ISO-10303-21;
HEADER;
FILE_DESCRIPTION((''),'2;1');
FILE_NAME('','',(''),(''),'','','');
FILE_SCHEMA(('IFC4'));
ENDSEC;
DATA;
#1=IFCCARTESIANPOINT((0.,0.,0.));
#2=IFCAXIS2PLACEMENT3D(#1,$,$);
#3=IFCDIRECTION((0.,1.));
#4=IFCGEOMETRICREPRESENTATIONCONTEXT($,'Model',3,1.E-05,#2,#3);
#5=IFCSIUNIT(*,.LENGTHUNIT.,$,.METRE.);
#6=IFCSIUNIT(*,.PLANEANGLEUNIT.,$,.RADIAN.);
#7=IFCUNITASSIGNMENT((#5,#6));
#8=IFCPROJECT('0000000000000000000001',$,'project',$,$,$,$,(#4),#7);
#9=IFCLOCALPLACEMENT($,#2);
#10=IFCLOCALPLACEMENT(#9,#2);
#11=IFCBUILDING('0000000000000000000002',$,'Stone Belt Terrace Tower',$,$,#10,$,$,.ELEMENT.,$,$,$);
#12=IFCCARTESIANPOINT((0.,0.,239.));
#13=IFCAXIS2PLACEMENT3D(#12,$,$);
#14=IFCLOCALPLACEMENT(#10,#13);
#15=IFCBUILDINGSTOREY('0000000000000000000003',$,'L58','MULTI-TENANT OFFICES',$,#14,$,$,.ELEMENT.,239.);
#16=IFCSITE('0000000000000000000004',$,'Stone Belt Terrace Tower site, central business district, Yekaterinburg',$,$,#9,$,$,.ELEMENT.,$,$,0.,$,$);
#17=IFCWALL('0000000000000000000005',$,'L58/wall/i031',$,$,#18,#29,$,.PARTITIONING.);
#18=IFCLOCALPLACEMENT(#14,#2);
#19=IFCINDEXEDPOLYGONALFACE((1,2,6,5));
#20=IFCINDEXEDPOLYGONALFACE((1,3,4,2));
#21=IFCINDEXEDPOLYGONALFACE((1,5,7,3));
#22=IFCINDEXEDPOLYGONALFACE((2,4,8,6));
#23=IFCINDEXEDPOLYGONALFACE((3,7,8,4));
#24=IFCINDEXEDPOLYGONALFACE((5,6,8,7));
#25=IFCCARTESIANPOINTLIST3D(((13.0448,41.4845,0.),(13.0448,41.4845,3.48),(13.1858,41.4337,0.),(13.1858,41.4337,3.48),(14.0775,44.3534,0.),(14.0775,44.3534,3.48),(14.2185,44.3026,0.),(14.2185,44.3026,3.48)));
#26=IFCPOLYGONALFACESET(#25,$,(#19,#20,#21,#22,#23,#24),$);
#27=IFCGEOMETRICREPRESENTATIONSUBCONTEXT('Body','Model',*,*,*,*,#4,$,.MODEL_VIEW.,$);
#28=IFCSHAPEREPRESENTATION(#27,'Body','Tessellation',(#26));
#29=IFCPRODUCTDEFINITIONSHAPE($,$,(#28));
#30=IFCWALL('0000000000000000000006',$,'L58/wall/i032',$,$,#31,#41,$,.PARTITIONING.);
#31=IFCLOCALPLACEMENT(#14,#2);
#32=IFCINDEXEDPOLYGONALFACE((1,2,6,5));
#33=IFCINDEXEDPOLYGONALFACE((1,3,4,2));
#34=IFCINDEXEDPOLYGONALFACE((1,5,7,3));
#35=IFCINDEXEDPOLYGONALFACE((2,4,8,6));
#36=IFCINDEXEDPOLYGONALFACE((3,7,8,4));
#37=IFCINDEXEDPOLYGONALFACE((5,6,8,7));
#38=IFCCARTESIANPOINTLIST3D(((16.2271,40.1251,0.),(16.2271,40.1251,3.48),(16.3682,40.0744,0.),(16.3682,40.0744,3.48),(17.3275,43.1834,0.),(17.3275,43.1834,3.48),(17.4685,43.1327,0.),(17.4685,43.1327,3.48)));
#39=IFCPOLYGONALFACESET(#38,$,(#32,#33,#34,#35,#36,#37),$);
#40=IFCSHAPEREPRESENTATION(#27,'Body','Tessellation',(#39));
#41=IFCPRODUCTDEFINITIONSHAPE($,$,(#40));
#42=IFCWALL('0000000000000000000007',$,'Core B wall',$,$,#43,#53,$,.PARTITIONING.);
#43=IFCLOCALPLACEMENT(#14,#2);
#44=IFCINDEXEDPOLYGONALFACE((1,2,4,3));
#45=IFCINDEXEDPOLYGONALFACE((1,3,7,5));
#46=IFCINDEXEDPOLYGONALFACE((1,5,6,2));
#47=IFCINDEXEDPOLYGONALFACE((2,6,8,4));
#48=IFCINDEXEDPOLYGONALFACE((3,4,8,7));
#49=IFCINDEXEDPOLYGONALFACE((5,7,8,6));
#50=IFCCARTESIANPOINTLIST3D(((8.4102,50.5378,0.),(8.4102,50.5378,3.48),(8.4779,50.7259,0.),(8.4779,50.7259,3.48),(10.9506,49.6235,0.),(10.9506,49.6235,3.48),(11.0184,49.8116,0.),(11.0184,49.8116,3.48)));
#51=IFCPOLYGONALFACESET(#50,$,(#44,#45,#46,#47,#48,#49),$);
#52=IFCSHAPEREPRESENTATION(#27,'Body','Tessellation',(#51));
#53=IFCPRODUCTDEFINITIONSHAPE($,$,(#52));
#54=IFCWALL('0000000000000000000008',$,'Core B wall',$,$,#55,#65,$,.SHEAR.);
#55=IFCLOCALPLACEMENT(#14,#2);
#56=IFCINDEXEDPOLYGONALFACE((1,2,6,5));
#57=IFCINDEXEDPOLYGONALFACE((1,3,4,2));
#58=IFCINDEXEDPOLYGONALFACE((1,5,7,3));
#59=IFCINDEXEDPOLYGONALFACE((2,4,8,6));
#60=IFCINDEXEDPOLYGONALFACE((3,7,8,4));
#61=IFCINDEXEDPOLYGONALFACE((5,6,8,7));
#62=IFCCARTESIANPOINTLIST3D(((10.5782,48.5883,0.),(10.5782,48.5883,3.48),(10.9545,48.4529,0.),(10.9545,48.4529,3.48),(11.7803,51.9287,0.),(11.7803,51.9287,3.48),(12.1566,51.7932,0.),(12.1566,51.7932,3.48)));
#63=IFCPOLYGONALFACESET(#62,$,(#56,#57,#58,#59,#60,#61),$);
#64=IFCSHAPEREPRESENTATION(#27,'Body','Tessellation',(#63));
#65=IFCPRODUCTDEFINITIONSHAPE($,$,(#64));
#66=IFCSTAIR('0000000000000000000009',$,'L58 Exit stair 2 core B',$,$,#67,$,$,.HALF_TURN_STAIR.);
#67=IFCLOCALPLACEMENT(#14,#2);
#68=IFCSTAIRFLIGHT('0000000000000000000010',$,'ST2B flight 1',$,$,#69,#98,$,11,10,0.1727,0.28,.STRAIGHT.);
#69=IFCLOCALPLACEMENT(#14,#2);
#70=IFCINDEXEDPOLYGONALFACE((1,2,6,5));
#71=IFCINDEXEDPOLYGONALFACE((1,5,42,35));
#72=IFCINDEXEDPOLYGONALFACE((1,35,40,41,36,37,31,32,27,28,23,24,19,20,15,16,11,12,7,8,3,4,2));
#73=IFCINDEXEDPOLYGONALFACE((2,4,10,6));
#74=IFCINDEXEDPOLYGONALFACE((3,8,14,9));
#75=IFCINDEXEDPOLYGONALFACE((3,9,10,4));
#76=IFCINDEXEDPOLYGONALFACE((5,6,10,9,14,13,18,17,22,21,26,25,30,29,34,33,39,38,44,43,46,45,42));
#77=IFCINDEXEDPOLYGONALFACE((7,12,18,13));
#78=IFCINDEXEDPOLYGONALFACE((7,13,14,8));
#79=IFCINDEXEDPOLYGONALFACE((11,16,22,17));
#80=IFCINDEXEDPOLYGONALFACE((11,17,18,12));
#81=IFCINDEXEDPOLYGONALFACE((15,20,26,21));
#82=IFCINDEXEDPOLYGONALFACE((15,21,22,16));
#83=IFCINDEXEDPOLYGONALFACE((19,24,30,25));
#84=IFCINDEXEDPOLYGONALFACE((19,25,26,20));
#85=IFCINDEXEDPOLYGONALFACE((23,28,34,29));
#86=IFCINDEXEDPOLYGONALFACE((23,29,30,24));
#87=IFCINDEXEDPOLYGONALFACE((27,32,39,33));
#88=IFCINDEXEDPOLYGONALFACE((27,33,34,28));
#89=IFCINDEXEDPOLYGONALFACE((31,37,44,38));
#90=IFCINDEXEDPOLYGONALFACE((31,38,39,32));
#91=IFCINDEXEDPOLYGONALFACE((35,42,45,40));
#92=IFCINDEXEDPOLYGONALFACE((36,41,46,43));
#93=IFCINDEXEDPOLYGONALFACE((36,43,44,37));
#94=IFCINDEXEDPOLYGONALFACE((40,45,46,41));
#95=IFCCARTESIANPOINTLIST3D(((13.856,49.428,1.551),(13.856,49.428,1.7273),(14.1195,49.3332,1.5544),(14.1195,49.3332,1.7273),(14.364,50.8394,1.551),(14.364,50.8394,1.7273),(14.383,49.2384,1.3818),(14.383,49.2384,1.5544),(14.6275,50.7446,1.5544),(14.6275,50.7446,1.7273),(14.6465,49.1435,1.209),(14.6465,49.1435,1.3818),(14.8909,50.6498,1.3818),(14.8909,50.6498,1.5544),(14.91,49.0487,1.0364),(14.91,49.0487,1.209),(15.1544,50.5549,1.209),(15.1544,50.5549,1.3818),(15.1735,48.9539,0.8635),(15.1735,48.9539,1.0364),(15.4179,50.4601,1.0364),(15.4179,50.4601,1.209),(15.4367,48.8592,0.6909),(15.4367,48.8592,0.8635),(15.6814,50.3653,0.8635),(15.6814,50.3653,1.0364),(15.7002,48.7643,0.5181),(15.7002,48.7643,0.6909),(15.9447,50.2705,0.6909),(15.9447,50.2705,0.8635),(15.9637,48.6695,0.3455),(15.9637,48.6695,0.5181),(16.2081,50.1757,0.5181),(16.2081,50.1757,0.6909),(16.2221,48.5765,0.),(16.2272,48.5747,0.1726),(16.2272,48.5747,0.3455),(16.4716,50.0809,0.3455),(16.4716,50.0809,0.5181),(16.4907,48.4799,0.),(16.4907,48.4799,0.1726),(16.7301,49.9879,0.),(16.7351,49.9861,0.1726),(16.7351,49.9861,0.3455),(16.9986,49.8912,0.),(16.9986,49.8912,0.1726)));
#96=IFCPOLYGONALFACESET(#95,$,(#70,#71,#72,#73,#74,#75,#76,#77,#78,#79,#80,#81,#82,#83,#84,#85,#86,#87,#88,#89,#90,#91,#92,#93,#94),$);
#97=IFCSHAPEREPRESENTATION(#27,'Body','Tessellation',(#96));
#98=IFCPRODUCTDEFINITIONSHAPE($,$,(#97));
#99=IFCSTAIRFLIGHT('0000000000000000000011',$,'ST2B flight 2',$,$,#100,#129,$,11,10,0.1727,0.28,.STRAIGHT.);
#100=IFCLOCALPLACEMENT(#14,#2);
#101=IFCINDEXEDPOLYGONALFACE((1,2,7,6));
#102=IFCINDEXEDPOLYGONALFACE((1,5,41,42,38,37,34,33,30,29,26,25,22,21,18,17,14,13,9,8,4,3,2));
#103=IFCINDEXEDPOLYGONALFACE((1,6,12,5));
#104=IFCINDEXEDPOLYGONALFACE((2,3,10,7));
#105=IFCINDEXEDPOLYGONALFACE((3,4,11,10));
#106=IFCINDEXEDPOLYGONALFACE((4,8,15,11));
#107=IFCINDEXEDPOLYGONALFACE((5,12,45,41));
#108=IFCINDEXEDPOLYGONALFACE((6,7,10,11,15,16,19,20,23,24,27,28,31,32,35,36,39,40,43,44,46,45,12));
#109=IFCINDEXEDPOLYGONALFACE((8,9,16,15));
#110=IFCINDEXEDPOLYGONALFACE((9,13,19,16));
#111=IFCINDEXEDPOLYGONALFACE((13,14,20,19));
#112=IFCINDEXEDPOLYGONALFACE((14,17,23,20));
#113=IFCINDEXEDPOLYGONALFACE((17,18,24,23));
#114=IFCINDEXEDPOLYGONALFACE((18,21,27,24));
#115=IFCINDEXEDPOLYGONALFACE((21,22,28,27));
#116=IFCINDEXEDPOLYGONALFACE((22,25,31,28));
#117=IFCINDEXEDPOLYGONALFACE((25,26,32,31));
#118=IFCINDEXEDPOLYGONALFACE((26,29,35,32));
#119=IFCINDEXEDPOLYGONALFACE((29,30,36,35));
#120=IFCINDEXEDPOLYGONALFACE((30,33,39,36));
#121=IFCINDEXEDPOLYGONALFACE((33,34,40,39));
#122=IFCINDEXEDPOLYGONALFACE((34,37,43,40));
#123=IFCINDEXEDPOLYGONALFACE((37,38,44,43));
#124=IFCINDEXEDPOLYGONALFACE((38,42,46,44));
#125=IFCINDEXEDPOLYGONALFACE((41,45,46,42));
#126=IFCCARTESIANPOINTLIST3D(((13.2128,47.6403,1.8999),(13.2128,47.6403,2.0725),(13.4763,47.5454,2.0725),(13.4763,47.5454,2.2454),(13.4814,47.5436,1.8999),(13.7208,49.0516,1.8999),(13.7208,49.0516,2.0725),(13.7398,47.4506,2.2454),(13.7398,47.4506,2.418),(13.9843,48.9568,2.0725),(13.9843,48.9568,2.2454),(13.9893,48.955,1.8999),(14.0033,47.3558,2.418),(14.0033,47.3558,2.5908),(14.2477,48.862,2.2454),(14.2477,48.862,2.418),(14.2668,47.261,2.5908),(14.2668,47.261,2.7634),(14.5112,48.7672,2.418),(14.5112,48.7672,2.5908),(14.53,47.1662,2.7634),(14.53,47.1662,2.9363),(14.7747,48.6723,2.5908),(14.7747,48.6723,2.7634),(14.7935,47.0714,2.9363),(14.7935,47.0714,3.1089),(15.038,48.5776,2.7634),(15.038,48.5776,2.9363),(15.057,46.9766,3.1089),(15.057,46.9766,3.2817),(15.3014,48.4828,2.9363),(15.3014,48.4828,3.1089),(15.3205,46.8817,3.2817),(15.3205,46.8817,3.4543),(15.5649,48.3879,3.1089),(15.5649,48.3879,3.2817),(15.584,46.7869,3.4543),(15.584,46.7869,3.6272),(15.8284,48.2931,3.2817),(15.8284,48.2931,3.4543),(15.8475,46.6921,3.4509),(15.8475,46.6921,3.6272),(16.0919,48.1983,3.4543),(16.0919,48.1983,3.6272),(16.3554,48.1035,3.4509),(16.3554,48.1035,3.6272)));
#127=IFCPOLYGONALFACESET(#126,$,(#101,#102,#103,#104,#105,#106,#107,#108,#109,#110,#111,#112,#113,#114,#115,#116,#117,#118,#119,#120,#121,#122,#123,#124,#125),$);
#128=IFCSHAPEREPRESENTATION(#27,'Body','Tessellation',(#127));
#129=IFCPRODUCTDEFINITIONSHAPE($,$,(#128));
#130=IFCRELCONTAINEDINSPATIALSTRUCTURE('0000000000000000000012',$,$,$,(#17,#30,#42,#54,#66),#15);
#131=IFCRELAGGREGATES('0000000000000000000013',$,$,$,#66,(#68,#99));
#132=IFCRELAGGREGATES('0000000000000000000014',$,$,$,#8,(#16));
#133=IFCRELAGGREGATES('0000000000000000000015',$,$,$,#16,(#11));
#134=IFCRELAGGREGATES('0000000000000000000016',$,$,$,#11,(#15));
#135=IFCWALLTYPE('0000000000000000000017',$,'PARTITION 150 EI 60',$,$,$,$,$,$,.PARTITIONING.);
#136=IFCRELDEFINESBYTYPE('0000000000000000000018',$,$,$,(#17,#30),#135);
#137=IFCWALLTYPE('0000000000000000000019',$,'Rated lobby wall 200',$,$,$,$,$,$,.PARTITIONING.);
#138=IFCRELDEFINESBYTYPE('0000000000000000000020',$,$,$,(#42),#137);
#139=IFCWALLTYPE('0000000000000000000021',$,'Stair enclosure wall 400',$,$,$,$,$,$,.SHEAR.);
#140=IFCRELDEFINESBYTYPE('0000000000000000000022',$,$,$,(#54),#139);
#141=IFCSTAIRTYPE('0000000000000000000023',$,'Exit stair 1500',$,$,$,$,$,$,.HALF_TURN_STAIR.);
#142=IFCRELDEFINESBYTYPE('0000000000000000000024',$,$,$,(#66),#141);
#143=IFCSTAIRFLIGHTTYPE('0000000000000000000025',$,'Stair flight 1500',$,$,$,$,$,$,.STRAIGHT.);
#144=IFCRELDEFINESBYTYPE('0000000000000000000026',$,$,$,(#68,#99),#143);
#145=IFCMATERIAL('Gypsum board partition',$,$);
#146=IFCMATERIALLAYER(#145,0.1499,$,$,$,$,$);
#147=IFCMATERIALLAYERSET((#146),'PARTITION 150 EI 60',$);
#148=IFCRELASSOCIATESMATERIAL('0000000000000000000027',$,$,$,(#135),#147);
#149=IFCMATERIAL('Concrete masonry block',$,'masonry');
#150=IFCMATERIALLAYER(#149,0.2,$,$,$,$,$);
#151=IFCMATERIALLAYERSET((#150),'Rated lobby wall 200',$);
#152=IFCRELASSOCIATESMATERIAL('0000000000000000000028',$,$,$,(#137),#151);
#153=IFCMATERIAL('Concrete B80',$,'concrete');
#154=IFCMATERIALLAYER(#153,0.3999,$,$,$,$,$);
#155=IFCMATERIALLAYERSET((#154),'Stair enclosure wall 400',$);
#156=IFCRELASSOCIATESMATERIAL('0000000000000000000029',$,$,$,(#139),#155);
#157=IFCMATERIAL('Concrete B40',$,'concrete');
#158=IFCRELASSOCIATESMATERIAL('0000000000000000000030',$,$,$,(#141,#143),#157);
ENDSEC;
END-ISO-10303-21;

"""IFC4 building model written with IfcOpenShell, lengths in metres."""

from ifc_helpers import new_model, si_unit, direction, frame, frame_2d, origin, place, context, subcontext, project, spatial, polyline, rectangle, outline, extrude, material, layer, layer_set, type_object, element, aggregate, save


model = new_model("IFC4")

# Units and contexts
model_context = context("Model", 3, precision=1e-05, world=origin(), true_north=direction((0.0, 1.0)))
body_context = subcontext(model_context, "Body", "Model", "MODEL_VIEW")
ifc_project = project(units=[si_unit("LENGTHUNIT", "METRE"), si_unit("PLANEANGLEUNIT", "RADIAN")], contexts=[model_context])

# Site, building, storey
site_placement = place(None, origin())
site = spatial("IfcSite", under=ifc_project, at=site_placement, Name="Stone Belt Terrace Tower site, central business district, Yekaterinburg", CompositionType="ELEMENT", RefElevation=0.0)
building_placement = place(site_placement, origin())
building = spatial("IfcBuilding", under=site, at=building_placement, Name="Stone Belt Terrace Tower", CompositionType="ELEMENT")
storey_placement = place(building_placement, frame((0.0, 0.0, 239.0)))
storey = spatial("IfcBuildingStorey", under=building, at=storey_placement, Name="L58", Description="MULTI-TENANT OFFICES", CompositionType="ELEMENT", Elevation=239.0)

# Shared definitions
ifc_material_1 = material(Name="Gypsum board partition")

# Shared definitions
ifc_layer_1 = layer(ifc_material_1, 0.1499)
ifc_layer_set_1 = layer_set([ifc_layer_1], Name="PARTITION 150 EI 60")
wall_type_1 = type_object("IfcWallType", Name="PARTITION 150 EI 60", PredefinedType="PARTITIONING", material=ifc_layer_set_1)

# Walls
wall_1_placement = place(storey_placement, frame((14.1479, 44.3279, 0.0), z_axis=(0.0, 0.0, 1.0), x_axis=(-0.338694, -0.940897, 0.0)))
element("IfcWall", 1, at=wall_1_placement, inside=storey, type_object=wall_type_1, Name="L58/wall/i031", PredefinedType="PARTITIONING", context=body_context, shape_type="SweptSolid", body=[
    extrude(rectangle(XDim=3.0491, YDim=0.1499, at=frame_2d((1.5244, 0.0))), origin(), (0.0, 0.0, 1.0), 3.48),
])
wall_2_placement = place(storey_placement, frame((17.3979, 43.158, 0.0), z_axis=(0.0, 0.0, 1.0), x_axis=(-0.338539, -0.940953, 0.0)))
element("IfcWall", 2, at=wall_2_placement, inside=storey, type_object=wall_type_1, Name="L58/wall/i032", PredefinedType="PARTITIONING", context=body_context, shape_type="SweptSolid", body=[
    extrude(rectangle(XDim=3.2502, YDim=0.1499, at=frame_2d((1.625, 0.0))), origin(), (0.0, 0.0, 1.0), 3.48),
])
ifc_material_2 = material(Name="Concrete masonry block", Category="masonry")
ifc_layer_2 = layer(ifc_material_2, 0.2)
ifc_layer_set_2 = layer_set([ifc_layer_2], Name="Rated lobby wall 200")
wall_type_2 = type_object("IfcWallType", Name="Rated lobby wall 200", PredefinedType="PARTITIONING", material=ifc_layer_set_2)
wall_3_placement = place(storey_placement, frame((10.9846, 49.7175, 0.0), z_axis=(0.0, 0.0, 1.0), x_axis=(-0.940921, 0.338627, 0.0)))
element("IfcWall", 3, at=wall_3_placement, inside=storey, type_object=wall_type_2, Name="Core B wall", PredefinedType="PARTITIONING", context=body_context, shape_type="SweptSolid", body=[
    extrude(rectangle(XDim=2.7, YDim=0.2, at=frame_2d((1.3501, 0.0))), origin(), (0.0, 0.0, 1.0), 3.48),
])
ifc_material_3 = material(Name="Concrete B80", Category="concrete")
ifc_layer_3 = layer(ifc_material_3, 0.3999)
ifc_layer_set_3 = layer_set([ifc_layer_3], Name="Stair enclosure wall 400")
wall_type_3 = type_object("IfcWallType", Name="Stair enclosure wall 400", PredefinedType="SHEAR", material=ifc_layer_set_3)
wall_4_placement = place(storey_placement, frame((10.7664, 48.5208, 0.0), z_axis=(0.0, 0.0, 1.0), x_axis=(0.338627, 0.940921, 0.0)))
element("IfcWall", 4, at=wall_4_placement, inside=storey, type_object=wall_type_3, Name="Core B wall", PredefinedType="SHEAR", context=body_context, shape_type="SweptSolid", body=[
    extrude(rectangle(XDim=3.55, YDim=0.3999, at=frame_2d((1.7749, 0.0))), origin(), (0.0, 0.0, 1.0), 3.48),
])

# Stair, stair flights
ifc_material_4 = material(Name="Concrete B40", Category="concrete")
stair_type = type_object("IfcStairType", Name="Exit stair 1500", PredefinedType="HALF_TURN_STAIR", material=ifc_material_4)
stair_placement = place(storey_placement, origin())
stair = element("IfcStair", 5, at=stair_placement, inside=storey, type_object=stair_type, Name="L58 Exit stair 2 core B", PredefinedType="HALF_TURN_STAIR")
stair_flight_type = type_object("IfcStairFlightType", Name="Stair flight 1500", PredefinedType="STRAIGHT", material=ifc_material_4)
stair_flight_1_placement = place(storey_placement, frame((16.7446, 49.1855, 0.0), z_axis=(0.0, 0.0, 1.0), x_axis=(-0.940922, 0.338624, 0.0)))
stair_flight_1 = element("IfcStairFlight", 6, at=stair_flight_1_placement, type_object=stair_flight_type, Name="ST2B flight 1", NumberOfRisers=11, NumberOfTreads=10, PredefinedType="STRAIGHT", RiserHeight=0.1727, TreadLength=0.28, context=body_context, shape_type="SweptSolid", body=[
    extrude(outline(polyline([(0.0, 0.0), (0.0, 0.1726), (0.28, 0.1726), (0.28, 0.3455), (0.5601, 0.3455), (0.5601, 0.5181), (0.8401, 0.5181), (0.8401, 0.6909), (1.1201, 0.6909), (1.1201, 0.8635), (1.3999, 0.8635), (1.3999, 1.0364), (1.6799, 1.0364), (1.6799, 1.209), (1.96, 1.209), (1.96, 1.3818), (2.24, 1.3818), (2.24, 1.5544), (2.52, 1.5544), (2.52, 1.7273), (2.8, 1.7273), (2.8, 1.8999), (2.8, 1.551), (0.2854, 0.0), (0.0, 0.0)])), frame((0.0, 0.75, 0.0), z_axis=(0.0, -1.0, 0.0), x_axis=(1.0, 0.0, 0.0)), (0.0, 0.0, 1.0), 1.5),
])
stair_flight_2_placement = place(storey_placement, frame((13.4668, 48.3459, 1.8999), z_axis=(0.0, 0.0, 1.0), x_axis=(0.940922, -0.338624, 0.0)))
stair_flight_2 = element("IfcStairFlight", 7, at=stair_flight_2_placement, type_object=stair_flight_type, Name="ST2B flight 2", NumberOfRisers=11, NumberOfTreads=10, PredefinedType="STRAIGHT", RiserHeight=0.1727, TreadLength=0.28, context=body_context, shape_type="SweptSolid", body=[
    extrude(outline(polyline([(0.0, 0.0), (0.0, 0.1726), (0.28, 0.1726), (0.28, 0.3455), (0.5601, 0.3455), (0.5601, 0.5181), (0.8401, 0.5181), (0.8401, 0.6909), (1.1201, 0.6909), (1.1201, 0.8635), (1.3999, 0.8635), (1.3999, 1.0364), (1.6799, 1.0364), (1.6799, 1.209), (1.96, 1.209), (1.96, 1.3818), (2.24, 1.3818), (2.24, 1.5544), (2.52, 1.5544), (2.52, 1.7273), (2.8, 1.7273), (2.8, 1.8999), (2.8, 1.551), (0.2854, 0.0), (0.0, 0.0)])), frame((0.0, 0.75, 0.0), z_axis=(0.0, -1.0, 0.0), x_axis=(1.0, 0.0, 0.0)), (0.0, 0.0, 1.0), 1.5),
])
aggregate(stair, [stair_flight_1, stair_flight_2])

save(model, "model.ifc")
